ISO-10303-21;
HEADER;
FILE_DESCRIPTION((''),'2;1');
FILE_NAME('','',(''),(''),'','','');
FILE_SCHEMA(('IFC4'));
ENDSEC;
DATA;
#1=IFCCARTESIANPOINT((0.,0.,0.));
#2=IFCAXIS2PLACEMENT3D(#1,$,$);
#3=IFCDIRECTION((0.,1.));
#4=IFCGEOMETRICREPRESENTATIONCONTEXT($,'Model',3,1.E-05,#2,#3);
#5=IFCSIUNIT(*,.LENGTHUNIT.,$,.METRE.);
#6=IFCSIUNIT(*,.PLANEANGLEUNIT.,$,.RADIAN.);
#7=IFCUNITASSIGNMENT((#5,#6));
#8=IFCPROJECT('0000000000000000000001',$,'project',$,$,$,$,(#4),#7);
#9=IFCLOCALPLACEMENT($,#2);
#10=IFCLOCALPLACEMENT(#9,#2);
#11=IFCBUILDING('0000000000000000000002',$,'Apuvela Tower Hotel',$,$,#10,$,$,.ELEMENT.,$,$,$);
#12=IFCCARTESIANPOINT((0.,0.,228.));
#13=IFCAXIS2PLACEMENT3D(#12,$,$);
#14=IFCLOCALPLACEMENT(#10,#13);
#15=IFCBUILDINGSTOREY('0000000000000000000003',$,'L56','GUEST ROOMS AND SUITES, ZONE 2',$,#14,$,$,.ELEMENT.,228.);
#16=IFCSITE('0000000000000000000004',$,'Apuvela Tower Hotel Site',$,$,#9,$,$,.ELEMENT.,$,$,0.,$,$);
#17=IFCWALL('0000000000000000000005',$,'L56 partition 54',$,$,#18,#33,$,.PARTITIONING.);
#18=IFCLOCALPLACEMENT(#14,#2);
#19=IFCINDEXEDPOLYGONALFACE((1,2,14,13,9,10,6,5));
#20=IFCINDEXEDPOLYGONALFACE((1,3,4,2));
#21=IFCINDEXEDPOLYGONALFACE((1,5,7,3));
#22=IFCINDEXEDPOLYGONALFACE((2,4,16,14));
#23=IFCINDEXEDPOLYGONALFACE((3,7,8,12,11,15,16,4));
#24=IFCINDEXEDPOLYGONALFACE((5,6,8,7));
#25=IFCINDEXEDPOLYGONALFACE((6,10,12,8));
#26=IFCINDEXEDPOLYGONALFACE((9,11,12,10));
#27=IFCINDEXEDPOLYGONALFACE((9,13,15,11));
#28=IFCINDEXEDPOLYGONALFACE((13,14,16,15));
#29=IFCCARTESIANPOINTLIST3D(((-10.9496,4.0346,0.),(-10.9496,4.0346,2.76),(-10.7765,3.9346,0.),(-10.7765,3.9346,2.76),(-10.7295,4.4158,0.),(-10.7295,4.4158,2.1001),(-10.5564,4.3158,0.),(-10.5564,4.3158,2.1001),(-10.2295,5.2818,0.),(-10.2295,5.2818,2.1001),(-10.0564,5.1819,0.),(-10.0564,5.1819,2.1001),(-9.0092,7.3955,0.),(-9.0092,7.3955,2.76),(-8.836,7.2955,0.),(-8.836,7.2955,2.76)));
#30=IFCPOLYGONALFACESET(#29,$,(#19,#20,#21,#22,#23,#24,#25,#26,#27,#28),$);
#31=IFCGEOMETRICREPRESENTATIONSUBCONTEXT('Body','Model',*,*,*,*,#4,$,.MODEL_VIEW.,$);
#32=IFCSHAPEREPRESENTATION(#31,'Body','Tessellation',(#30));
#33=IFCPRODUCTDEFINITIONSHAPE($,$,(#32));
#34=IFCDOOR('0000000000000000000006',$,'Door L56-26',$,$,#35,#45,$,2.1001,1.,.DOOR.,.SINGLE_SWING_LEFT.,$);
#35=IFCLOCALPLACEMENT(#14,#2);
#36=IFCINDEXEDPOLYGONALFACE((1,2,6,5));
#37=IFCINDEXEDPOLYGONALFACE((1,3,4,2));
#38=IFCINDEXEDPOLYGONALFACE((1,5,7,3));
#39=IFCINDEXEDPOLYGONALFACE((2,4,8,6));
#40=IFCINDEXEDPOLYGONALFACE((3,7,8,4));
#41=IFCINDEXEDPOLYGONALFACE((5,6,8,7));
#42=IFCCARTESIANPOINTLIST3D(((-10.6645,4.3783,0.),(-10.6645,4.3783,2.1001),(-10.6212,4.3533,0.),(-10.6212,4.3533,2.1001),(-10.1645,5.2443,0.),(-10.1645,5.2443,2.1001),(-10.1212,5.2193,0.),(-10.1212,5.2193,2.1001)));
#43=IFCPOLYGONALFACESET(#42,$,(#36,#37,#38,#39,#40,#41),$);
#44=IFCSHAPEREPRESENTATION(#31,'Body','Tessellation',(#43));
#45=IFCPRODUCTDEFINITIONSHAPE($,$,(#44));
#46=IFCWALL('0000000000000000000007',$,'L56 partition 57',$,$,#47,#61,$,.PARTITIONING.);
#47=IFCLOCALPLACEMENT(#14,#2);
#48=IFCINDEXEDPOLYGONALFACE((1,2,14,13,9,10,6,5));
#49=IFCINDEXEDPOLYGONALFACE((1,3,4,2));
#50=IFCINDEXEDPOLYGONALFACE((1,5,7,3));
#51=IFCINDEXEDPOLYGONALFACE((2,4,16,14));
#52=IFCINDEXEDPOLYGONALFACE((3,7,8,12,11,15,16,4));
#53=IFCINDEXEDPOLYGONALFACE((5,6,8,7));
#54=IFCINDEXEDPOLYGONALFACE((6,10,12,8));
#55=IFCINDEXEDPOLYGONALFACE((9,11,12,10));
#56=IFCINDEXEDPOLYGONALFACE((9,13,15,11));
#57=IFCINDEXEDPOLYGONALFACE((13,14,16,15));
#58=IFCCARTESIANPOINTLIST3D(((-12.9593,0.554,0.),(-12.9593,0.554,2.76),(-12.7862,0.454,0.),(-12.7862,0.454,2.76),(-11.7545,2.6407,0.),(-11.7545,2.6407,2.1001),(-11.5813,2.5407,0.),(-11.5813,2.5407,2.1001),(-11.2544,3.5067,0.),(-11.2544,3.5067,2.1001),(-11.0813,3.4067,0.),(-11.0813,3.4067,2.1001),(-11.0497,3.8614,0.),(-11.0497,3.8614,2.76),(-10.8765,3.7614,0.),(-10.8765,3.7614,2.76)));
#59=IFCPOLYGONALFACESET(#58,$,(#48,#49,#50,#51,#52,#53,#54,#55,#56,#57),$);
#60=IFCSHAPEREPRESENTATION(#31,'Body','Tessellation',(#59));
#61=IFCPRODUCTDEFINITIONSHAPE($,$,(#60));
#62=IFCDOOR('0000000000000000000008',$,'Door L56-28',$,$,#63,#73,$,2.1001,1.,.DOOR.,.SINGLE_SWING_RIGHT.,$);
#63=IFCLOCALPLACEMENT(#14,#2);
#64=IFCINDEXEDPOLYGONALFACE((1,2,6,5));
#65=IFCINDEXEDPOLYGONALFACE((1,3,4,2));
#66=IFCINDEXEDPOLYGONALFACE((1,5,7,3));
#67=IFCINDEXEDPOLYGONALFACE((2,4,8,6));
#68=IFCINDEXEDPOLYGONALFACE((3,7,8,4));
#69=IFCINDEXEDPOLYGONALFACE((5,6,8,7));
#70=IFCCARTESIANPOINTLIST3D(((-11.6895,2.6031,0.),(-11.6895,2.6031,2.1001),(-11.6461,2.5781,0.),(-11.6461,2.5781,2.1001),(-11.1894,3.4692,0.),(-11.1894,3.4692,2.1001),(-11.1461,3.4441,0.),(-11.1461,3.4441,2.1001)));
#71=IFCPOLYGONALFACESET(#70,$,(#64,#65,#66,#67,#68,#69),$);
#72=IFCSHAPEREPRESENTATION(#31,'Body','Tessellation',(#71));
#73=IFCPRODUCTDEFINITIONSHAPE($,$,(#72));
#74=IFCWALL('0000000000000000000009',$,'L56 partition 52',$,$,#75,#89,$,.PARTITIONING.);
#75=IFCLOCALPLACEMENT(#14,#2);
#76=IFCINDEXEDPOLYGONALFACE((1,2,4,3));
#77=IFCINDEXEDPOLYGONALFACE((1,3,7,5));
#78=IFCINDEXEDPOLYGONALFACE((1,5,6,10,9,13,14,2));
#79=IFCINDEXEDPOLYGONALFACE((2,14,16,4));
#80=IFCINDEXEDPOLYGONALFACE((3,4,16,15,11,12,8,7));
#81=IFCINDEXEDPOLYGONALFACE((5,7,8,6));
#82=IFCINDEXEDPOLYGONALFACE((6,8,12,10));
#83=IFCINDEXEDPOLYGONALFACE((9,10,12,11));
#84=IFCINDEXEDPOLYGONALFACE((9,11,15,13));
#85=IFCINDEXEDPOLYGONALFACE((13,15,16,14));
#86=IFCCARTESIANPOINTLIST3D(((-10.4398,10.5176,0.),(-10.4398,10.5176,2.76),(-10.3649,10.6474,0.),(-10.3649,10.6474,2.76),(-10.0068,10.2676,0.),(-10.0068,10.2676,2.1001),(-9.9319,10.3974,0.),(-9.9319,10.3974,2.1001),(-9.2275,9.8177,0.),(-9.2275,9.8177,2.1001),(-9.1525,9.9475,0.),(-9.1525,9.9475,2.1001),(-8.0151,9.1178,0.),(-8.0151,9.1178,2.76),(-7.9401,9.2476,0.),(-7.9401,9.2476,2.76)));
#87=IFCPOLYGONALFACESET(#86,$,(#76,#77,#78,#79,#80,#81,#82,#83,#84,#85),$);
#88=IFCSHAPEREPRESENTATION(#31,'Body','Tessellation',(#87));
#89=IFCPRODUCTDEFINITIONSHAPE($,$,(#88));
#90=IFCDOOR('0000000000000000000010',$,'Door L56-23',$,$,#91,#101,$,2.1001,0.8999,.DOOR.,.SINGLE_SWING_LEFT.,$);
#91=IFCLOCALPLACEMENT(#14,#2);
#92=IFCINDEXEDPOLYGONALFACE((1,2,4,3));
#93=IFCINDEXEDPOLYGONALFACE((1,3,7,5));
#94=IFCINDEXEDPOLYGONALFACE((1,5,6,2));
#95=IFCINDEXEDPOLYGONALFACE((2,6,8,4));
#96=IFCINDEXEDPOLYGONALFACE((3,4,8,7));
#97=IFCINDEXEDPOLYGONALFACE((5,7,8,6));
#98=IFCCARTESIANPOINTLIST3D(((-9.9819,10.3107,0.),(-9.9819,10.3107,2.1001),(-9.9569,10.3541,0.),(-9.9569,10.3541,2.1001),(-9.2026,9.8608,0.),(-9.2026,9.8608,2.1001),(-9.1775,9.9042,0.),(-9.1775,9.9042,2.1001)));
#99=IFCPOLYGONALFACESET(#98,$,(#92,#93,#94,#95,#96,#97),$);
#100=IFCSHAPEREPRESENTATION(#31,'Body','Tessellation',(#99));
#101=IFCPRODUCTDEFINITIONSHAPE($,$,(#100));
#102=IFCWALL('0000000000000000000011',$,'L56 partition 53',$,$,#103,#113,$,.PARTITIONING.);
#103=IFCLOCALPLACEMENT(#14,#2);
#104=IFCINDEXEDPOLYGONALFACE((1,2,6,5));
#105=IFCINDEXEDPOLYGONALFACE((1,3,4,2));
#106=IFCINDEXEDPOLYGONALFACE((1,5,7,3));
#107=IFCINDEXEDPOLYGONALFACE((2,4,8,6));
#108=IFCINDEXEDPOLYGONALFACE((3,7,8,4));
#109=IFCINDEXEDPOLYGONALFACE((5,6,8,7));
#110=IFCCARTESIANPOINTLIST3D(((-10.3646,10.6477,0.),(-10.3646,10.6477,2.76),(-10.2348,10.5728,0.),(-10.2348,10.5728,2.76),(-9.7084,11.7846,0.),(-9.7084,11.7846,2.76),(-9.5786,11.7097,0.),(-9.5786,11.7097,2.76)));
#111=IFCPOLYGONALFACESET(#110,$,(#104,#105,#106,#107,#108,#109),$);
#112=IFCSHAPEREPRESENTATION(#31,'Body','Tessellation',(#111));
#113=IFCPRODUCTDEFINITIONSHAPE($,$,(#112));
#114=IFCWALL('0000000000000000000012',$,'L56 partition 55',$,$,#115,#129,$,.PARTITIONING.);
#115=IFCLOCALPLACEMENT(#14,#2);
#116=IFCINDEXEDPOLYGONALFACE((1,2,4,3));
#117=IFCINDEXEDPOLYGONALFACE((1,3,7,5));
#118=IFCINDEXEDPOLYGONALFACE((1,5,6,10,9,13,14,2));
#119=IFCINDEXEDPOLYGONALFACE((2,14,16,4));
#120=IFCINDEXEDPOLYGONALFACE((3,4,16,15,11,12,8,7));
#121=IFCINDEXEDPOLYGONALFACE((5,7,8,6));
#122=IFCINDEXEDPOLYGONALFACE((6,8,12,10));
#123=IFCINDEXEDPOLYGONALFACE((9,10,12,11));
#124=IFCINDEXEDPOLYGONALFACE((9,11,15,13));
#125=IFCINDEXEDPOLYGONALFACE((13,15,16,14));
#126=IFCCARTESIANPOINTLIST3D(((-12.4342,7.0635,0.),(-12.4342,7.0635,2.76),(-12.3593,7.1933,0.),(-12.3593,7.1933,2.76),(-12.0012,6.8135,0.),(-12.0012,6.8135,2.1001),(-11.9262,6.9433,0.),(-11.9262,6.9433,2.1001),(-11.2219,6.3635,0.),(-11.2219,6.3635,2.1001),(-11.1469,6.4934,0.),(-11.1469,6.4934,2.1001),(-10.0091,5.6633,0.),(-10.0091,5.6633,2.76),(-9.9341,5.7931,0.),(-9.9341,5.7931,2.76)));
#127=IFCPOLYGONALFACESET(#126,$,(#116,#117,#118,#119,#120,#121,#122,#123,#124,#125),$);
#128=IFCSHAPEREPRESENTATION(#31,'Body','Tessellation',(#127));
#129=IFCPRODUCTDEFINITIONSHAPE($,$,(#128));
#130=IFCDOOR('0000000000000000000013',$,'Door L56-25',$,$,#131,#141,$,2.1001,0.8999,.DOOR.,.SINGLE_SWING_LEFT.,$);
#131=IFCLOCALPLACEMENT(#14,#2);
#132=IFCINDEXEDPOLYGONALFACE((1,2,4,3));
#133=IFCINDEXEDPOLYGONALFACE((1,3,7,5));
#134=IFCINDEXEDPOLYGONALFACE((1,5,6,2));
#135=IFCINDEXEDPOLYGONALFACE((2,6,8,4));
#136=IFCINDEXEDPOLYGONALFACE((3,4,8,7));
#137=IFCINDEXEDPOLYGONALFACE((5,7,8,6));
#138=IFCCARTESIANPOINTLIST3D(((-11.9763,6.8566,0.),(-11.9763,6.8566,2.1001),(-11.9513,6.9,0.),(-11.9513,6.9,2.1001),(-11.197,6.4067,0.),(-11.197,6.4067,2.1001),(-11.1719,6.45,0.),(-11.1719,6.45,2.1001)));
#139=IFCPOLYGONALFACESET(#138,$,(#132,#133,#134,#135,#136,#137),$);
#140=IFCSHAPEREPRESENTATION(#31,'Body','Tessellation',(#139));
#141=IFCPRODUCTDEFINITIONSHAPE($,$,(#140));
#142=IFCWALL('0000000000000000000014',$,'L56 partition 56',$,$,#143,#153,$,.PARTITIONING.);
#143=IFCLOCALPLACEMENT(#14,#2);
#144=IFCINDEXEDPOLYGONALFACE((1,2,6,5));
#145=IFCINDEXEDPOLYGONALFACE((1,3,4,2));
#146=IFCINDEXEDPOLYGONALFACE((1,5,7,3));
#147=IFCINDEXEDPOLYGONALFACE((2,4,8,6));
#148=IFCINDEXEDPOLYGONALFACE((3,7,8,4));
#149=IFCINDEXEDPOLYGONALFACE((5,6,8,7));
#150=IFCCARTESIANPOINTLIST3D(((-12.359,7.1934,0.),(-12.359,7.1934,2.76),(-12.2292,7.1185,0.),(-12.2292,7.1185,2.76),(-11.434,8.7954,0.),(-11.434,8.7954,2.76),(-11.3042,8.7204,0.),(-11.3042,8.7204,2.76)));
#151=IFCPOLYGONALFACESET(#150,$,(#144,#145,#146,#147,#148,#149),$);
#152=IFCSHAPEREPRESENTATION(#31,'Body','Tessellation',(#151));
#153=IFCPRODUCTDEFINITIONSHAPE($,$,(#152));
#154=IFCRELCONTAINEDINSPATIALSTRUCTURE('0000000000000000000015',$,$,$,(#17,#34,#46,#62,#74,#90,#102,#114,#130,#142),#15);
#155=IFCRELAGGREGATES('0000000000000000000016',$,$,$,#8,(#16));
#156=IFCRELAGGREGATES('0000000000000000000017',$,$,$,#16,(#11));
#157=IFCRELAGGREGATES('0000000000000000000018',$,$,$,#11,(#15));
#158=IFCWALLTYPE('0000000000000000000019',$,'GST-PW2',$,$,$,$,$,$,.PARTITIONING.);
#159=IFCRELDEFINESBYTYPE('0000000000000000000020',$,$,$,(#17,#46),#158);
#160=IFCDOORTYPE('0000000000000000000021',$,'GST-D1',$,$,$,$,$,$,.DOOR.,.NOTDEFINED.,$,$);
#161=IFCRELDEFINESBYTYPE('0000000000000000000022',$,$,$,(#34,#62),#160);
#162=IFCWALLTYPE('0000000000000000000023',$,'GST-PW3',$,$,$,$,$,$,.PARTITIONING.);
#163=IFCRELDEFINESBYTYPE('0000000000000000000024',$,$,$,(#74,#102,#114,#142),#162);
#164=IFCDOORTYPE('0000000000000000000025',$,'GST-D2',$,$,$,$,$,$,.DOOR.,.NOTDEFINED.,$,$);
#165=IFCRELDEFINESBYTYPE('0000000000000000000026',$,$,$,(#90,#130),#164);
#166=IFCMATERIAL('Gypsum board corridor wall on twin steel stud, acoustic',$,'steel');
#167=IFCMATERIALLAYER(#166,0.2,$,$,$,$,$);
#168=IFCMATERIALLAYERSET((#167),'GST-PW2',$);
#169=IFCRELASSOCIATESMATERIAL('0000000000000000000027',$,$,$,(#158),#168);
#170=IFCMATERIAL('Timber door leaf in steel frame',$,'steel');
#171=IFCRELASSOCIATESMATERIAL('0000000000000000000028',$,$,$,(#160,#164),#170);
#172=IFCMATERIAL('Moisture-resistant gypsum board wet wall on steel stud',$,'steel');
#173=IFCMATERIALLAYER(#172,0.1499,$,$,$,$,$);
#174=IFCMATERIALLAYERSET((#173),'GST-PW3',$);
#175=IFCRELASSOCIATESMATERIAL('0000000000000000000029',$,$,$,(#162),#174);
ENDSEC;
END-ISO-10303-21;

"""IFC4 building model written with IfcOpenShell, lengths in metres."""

from ifc_helpers import new_model, si_unit, direction, frame, frame_2d, origin, place, context, subcontext, project, spatial, rectangle, extrude, material, layer, layer_set, type_object, element, fill, save


model = new_model("IFC4")

# Units and contexts
model_context = context("Model", 3, precision=1e-05, world=origin(), true_north=direction((0.0, 1.0)))
body_context = subcontext(model_context, "Body", "Model", "MODEL_VIEW")
ifc_project = project(units=[si_unit("LENGTHUNIT", "METRE"), si_unit("PLANEANGLEUNIT", "RADIAN")], contexts=[model_context])

# Site, building, storey
site_placement = place(None, origin())
site = spatial("IfcSite", under=ifc_project, at=site_placement, Name="Apuvela Tower Hotel Site", CompositionType="ELEMENT", RefElevation=0.0)
building_placement = place(site_placement, origin())
building = spatial("IfcBuilding", under=site, at=building_placement, Name="Apuvela Tower Hotel", CompositionType="ELEMENT")
storey_placement = place(building_placement, frame((0.0, 0.0, 228.0)))
storey = spatial("IfcBuildingStorey", under=building, at=storey_placement, Name="L56", Description="GUEST ROOMS AND SUITES, ZONE 2", CompositionType="ELEMENT", Elevation=228.0)

# Walls, openings, doors
ifc_material_1 = material(Name="Gypsum board corridor wall on twin steel stud, acoustic", Category="steel")
ifc_layer_1 = layer(ifc_material_1, 0.2)
ifc_layer_set_1 = layer_set([ifc_layer_1], Name="GST-PW2")
wall_type_1 = type_object("IfcWallType", Name="GST-PW2", PredefinedType="PARTITIONING", material=ifc_layer_set_1)
ifc_material_2 = material(Name="Timber door leaf in steel frame", Category="steel")
door_type_1 = type_object("IfcDoorType", Name="GST-D1", OperationType="NOTDEFINED", PredefinedType="DOOR", material=ifc_material_2)
wall_1_placement = place(storey_placement, frame((-10.863, 3.9846, 0.0), z_axis=(0.0, 0.0, 1.0), x_axis=(0.500009, 0.86602, 0.0)))
wall_1 = element("IfcWall", 1, at=wall_1_placement, inside=storey, type_object=wall_type_1, Name="L56 partition 54", PredefinedType="PARTITIONING", context=body_context, shape_type="SweptSolid", body=[
    extrude(rectangle(XDim=3.8809, YDim=0.2, at=frame_2d((1.9404, 0.0))), origin(), (0.0, 0.0, 1.0), 2.76),
])
opening_1_placement = place(wall_1_placement, frame((0.4402, 0.0, 0.0)))
opening_1 = element("IfcOpeningElement", 2, at=opening_1_placement, cuts=wall_1, PredefinedType="OPENING", context=body_context, shape_type="SweptSolid", body=[
    extrude(rectangle(XDim=1.0, YDim=2.1001, at=frame_2d((0.5, 1.05))), frame((0.0, 0.1099, 0.0), z_axis=(0.0, -1.0, 0.0), x_axis=(1.0, 0.0, 0.0)), (0.0, 0.0, 1.0), 0.22),
])
door_1_placement = place(opening_1_placement, origin())
door_1 = element("IfcDoor", 3, at=door_1_placement, inside=storey, type_object=door_type_1, Name="Door L56-26", OperationType="SINGLE_SWING_LEFT", OverallHeight=2.1001, OverallWidth=1.0, PredefinedType="DOOR", context=body_context, shape_type="SweptSolid", body=[
    extrude(rectangle(XDim=1.0, YDim=2.1001, at=frame_2d((0.5, 1.05))), frame((0.0, 0.0249, 0.0), z_axis=(0.0, -1.0, 0.0), x_axis=(1.0, 0.0, 0.0)), (0.0, 0.0, 1.0), 0.05),
])
fill(opening_1, door_1)
wall_2_placement = place(storey_placement, frame((-12.8728, 0.5039, 0.0), z_axis=(0.0, 0.0, 1.0), x_axis=(0.50003, 0.866008, 0.0)))
wall_2 = element("IfcWall", 4, at=wall_2_placement, inside=storey, type_object=wall_type_1, Name="L56 partition 57", PredefinedType="PARTITIONING", context=body_context, shape_type="SweptSolid", body=[
    extrude(rectangle(XDim=3.8191, YDim=0.2, at=frame_2d((1.9097, 0.0))), origin(), (0.0, 0.0, 1.0), 2.76),
])
opening_2_placement = place(wall_2_placement, frame((2.4097, 0.0, 0.0)))
opening_2 = element("IfcOpeningElement", 5, at=opening_2_placement, cuts=wall_2, PredefinedType="OPENING", context=body_context, shape_type="SweptSolid", body=[
    extrude(rectangle(XDim=1.0, YDim=2.1001, at=frame_2d((0.5, 1.05))), frame((0.0, 0.1099, 0.0), z_axis=(0.0, -1.0, 0.0), x_axis=(1.0, 0.0, 0.0)), (0.0, 0.0, 1.0), 0.22),
])
door_2_placement = place(opening_2_placement, origin())
door_2 = element("IfcDoor", 6, at=door_2_placement, inside=storey, type_object=door_type_1, Name="Door L56-28", OperationType="SINGLE_SWING_RIGHT", OverallHeight=2.1001, OverallWidth=1.0, PredefinedType="DOOR", context=body_context, shape_type="SweptSolid", body=[
    extrude(rectangle(XDim=1.0, YDim=2.1001, at=frame_2d((0.5, 1.05))), frame((0.0, 0.0249, 0.0), z_axis=(0.0, -1.0, 0.0), x_axis=(1.0, 0.0, 0.0)), (0.0, 0.0, 1.0), 0.05),
])
fill(opening_2, door_2)
ifc_material_3 = material(Name="Moisture-resistant gypsum board wet wall on steel stud", Category="steel")
ifc_layer_2 = layer(ifc_material_3, 0.1499)
ifc_layer_set_2 = layer_set([ifc_layer_2], Name="GST-PW3")
wall_type_2 = type_object("IfcWallType", Name="GST-PW3", PredefinedType="PARTITIONING", material=ifc_layer_set_2)
wall_3_placement = place(storey_placement, frame((-10.4023, 10.5825, 0.0), z_axis=(0.0, 0.0, 1.0), x_axis=(0.866035, -0.499984, 0.0)))
wall_3 = element("IfcWall", 7, at=wall_3_placement, inside=storey, type_object=wall_type_2, Name="L56 partition 52", PredefinedType="PARTITIONING", context=body_context, shape_type="SweptSolid", body=[
    extrude(rectangle(XDim=2.7998, YDim=0.1499, at=frame_2d((1.3999, 0.0))), origin(), (0.0, 0.0, 1.0), 2.76),
])
opening_3_placement = place(wall_3_placement, frame((0.5, 0.0, 0.0)))
opening_3 = element("IfcOpeningElement", 8, at=opening_3_placement, cuts=wall_3, PredefinedType="OPENING", context=body_context, shape_type="SweptSolid", body=[
    extrude(rectangle(XDim=0.8999, YDim=2.1001, at=frame_2d((0.45, 1.05))), frame((0.0, 0.085, 0.0), z_axis=(0.0, -1.0, 0.0), x_axis=(1.0, 0.0, 0.0)), (0.0, 0.0, 1.0), 0.1699),
])
door_type_2 = type_object("IfcDoorType", Name="GST-D2", OperationType="NOTDEFINED", PredefinedType="DOOR", material=ifc_material_2)
door_3_placement = place(opening_3_placement, origin())
door_3 = element("IfcDoor", 9, at=door_3_placement, inside=storey, type_object=door_type_2, Name="Door L56-23", OperationType="SINGLE_SWING_LEFT", OverallHeight=2.1001, OverallWidth=0.8999, PredefinedType="DOOR", context=body_context, shape_type="SweptSolid", body=[
    extrude(rectangle(XDim=0.8999, YDim=2.1001, at=frame_2d((0.45, 1.05))), frame((0.0, 0.0249, 0.0), z_axis=(0.0, -1.0, 0.0), x_axis=(1.0, 0.0, 0.0)), (0.0, 0.0, 1.0), 0.05),
])
fill(opening_3, door_3)

# Wall
wall_4_placement = place(storey_placement, frame((-9.6436, 11.7471, 0.0), z_axis=(0.0, 0.0, 1.0), x_axis=(-0.4999, -0.866083, 0.0)))
element("IfcWall", 10, at=wall_4_placement, inside=storey, type_object=wall_type_2, Name="L56 partition 53", PredefinedType="PARTITIONING", context=body_context, shape_type="SweptSolid", body=[
    extrude(rectangle(XDim=1.3127, YDim=0.1499, at=frame_2d((0.6562, 0.0))), origin(), (0.0, 0.0, 1.0), 2.76),
])

# Wall, opening, door
wall_5_placement = place(storey_placement, frame((-12.3967, 7.1284, 0.0), z_axis=(0.0, 0.0, 1.0), x_axis=(0.866019, -0.500012, 0.0)))
wall_5 = element("IfcWall", 11, at=wall_5_placement, inside=storey, type_object=wall_type_2, Name="L56 partition 55", PredefinedType="PARTITIONING", context=body_context, shape_type="SweptSolid", body=[
    extrude(rectangle(XDim=2.8003, YDim=0.1499, at=frame_2d((1.4001, 0.0))), origin(), (0.0, 0.0, 1.0), 2.76),
])
opening_4_placement = place(wall_5_placement, frame((0.5, 0.0, 0.0)))
opening_4 = element("IfcOpeningElement", 12, at=opening_4_placement, cuts=wall_5, PredefinedType="OPENING", context=body_context, shape_type="SweptSolid", body=[
    extrude(rectangle(XDim=0.8999, YDim=2.1001, at=frame_2d((0.45, 1.05))), frame((0.0, 0.085, 0.0), z_axis=(0.0, -1.0, 0.0), x_axis=(1.0, 0.0, 0.0)), (0.0, 0.0, 1.0), 0.1699),
])
door_4_placement = place(opening_4_placement, origin())
door_4 = element("IfcDoor", 13, at=door_4_placement, inside=storey, type_object=door_type_2, Name="Door L56-25", OperationType="SINGLE_SWING_LEFT", OverallHeight=2.1001, OverallWidth=0.8999, PredefinedType="DOOR", context=body_context, shape_type="SweptSolid", body=[
    extrude(rectangle(XDim=0.8999, YDim=2.1001, at=frame_2d((0.45, 1.05))), frame((0.0, 0.0249, 0.0), z_axis=(0.0, -1.0, 0.0), x_axis=(1.0, 0.0, 0.0)), (0.0, 0.0, 1.0), 0.05),
])
fill(opening_4, door_4)

# Wall
wall_6_placement = place(storey_placement, frame((-11.3691, 8.7578, 0.0), z_axis=(0.0, 0.0, 1.0), x_axis=(-0.500042, -0.866001, 0.0)))
element("IfcWall", 14, at=wall_6_placement, inside=storey, type_object=wall_type_2, Name="L56 partition 56", PredefinedType="PARTITIONING", context=body_context, shape_type="SweptSolid", body=[
    extrude(rectangle(XDim=1.8499, YDim=0.1499, at=frame_2d((0.9248, 0.0))), origin(), (0.0, 0.0, 1.0), 2.76),
])

save(model, "model.ifc")
